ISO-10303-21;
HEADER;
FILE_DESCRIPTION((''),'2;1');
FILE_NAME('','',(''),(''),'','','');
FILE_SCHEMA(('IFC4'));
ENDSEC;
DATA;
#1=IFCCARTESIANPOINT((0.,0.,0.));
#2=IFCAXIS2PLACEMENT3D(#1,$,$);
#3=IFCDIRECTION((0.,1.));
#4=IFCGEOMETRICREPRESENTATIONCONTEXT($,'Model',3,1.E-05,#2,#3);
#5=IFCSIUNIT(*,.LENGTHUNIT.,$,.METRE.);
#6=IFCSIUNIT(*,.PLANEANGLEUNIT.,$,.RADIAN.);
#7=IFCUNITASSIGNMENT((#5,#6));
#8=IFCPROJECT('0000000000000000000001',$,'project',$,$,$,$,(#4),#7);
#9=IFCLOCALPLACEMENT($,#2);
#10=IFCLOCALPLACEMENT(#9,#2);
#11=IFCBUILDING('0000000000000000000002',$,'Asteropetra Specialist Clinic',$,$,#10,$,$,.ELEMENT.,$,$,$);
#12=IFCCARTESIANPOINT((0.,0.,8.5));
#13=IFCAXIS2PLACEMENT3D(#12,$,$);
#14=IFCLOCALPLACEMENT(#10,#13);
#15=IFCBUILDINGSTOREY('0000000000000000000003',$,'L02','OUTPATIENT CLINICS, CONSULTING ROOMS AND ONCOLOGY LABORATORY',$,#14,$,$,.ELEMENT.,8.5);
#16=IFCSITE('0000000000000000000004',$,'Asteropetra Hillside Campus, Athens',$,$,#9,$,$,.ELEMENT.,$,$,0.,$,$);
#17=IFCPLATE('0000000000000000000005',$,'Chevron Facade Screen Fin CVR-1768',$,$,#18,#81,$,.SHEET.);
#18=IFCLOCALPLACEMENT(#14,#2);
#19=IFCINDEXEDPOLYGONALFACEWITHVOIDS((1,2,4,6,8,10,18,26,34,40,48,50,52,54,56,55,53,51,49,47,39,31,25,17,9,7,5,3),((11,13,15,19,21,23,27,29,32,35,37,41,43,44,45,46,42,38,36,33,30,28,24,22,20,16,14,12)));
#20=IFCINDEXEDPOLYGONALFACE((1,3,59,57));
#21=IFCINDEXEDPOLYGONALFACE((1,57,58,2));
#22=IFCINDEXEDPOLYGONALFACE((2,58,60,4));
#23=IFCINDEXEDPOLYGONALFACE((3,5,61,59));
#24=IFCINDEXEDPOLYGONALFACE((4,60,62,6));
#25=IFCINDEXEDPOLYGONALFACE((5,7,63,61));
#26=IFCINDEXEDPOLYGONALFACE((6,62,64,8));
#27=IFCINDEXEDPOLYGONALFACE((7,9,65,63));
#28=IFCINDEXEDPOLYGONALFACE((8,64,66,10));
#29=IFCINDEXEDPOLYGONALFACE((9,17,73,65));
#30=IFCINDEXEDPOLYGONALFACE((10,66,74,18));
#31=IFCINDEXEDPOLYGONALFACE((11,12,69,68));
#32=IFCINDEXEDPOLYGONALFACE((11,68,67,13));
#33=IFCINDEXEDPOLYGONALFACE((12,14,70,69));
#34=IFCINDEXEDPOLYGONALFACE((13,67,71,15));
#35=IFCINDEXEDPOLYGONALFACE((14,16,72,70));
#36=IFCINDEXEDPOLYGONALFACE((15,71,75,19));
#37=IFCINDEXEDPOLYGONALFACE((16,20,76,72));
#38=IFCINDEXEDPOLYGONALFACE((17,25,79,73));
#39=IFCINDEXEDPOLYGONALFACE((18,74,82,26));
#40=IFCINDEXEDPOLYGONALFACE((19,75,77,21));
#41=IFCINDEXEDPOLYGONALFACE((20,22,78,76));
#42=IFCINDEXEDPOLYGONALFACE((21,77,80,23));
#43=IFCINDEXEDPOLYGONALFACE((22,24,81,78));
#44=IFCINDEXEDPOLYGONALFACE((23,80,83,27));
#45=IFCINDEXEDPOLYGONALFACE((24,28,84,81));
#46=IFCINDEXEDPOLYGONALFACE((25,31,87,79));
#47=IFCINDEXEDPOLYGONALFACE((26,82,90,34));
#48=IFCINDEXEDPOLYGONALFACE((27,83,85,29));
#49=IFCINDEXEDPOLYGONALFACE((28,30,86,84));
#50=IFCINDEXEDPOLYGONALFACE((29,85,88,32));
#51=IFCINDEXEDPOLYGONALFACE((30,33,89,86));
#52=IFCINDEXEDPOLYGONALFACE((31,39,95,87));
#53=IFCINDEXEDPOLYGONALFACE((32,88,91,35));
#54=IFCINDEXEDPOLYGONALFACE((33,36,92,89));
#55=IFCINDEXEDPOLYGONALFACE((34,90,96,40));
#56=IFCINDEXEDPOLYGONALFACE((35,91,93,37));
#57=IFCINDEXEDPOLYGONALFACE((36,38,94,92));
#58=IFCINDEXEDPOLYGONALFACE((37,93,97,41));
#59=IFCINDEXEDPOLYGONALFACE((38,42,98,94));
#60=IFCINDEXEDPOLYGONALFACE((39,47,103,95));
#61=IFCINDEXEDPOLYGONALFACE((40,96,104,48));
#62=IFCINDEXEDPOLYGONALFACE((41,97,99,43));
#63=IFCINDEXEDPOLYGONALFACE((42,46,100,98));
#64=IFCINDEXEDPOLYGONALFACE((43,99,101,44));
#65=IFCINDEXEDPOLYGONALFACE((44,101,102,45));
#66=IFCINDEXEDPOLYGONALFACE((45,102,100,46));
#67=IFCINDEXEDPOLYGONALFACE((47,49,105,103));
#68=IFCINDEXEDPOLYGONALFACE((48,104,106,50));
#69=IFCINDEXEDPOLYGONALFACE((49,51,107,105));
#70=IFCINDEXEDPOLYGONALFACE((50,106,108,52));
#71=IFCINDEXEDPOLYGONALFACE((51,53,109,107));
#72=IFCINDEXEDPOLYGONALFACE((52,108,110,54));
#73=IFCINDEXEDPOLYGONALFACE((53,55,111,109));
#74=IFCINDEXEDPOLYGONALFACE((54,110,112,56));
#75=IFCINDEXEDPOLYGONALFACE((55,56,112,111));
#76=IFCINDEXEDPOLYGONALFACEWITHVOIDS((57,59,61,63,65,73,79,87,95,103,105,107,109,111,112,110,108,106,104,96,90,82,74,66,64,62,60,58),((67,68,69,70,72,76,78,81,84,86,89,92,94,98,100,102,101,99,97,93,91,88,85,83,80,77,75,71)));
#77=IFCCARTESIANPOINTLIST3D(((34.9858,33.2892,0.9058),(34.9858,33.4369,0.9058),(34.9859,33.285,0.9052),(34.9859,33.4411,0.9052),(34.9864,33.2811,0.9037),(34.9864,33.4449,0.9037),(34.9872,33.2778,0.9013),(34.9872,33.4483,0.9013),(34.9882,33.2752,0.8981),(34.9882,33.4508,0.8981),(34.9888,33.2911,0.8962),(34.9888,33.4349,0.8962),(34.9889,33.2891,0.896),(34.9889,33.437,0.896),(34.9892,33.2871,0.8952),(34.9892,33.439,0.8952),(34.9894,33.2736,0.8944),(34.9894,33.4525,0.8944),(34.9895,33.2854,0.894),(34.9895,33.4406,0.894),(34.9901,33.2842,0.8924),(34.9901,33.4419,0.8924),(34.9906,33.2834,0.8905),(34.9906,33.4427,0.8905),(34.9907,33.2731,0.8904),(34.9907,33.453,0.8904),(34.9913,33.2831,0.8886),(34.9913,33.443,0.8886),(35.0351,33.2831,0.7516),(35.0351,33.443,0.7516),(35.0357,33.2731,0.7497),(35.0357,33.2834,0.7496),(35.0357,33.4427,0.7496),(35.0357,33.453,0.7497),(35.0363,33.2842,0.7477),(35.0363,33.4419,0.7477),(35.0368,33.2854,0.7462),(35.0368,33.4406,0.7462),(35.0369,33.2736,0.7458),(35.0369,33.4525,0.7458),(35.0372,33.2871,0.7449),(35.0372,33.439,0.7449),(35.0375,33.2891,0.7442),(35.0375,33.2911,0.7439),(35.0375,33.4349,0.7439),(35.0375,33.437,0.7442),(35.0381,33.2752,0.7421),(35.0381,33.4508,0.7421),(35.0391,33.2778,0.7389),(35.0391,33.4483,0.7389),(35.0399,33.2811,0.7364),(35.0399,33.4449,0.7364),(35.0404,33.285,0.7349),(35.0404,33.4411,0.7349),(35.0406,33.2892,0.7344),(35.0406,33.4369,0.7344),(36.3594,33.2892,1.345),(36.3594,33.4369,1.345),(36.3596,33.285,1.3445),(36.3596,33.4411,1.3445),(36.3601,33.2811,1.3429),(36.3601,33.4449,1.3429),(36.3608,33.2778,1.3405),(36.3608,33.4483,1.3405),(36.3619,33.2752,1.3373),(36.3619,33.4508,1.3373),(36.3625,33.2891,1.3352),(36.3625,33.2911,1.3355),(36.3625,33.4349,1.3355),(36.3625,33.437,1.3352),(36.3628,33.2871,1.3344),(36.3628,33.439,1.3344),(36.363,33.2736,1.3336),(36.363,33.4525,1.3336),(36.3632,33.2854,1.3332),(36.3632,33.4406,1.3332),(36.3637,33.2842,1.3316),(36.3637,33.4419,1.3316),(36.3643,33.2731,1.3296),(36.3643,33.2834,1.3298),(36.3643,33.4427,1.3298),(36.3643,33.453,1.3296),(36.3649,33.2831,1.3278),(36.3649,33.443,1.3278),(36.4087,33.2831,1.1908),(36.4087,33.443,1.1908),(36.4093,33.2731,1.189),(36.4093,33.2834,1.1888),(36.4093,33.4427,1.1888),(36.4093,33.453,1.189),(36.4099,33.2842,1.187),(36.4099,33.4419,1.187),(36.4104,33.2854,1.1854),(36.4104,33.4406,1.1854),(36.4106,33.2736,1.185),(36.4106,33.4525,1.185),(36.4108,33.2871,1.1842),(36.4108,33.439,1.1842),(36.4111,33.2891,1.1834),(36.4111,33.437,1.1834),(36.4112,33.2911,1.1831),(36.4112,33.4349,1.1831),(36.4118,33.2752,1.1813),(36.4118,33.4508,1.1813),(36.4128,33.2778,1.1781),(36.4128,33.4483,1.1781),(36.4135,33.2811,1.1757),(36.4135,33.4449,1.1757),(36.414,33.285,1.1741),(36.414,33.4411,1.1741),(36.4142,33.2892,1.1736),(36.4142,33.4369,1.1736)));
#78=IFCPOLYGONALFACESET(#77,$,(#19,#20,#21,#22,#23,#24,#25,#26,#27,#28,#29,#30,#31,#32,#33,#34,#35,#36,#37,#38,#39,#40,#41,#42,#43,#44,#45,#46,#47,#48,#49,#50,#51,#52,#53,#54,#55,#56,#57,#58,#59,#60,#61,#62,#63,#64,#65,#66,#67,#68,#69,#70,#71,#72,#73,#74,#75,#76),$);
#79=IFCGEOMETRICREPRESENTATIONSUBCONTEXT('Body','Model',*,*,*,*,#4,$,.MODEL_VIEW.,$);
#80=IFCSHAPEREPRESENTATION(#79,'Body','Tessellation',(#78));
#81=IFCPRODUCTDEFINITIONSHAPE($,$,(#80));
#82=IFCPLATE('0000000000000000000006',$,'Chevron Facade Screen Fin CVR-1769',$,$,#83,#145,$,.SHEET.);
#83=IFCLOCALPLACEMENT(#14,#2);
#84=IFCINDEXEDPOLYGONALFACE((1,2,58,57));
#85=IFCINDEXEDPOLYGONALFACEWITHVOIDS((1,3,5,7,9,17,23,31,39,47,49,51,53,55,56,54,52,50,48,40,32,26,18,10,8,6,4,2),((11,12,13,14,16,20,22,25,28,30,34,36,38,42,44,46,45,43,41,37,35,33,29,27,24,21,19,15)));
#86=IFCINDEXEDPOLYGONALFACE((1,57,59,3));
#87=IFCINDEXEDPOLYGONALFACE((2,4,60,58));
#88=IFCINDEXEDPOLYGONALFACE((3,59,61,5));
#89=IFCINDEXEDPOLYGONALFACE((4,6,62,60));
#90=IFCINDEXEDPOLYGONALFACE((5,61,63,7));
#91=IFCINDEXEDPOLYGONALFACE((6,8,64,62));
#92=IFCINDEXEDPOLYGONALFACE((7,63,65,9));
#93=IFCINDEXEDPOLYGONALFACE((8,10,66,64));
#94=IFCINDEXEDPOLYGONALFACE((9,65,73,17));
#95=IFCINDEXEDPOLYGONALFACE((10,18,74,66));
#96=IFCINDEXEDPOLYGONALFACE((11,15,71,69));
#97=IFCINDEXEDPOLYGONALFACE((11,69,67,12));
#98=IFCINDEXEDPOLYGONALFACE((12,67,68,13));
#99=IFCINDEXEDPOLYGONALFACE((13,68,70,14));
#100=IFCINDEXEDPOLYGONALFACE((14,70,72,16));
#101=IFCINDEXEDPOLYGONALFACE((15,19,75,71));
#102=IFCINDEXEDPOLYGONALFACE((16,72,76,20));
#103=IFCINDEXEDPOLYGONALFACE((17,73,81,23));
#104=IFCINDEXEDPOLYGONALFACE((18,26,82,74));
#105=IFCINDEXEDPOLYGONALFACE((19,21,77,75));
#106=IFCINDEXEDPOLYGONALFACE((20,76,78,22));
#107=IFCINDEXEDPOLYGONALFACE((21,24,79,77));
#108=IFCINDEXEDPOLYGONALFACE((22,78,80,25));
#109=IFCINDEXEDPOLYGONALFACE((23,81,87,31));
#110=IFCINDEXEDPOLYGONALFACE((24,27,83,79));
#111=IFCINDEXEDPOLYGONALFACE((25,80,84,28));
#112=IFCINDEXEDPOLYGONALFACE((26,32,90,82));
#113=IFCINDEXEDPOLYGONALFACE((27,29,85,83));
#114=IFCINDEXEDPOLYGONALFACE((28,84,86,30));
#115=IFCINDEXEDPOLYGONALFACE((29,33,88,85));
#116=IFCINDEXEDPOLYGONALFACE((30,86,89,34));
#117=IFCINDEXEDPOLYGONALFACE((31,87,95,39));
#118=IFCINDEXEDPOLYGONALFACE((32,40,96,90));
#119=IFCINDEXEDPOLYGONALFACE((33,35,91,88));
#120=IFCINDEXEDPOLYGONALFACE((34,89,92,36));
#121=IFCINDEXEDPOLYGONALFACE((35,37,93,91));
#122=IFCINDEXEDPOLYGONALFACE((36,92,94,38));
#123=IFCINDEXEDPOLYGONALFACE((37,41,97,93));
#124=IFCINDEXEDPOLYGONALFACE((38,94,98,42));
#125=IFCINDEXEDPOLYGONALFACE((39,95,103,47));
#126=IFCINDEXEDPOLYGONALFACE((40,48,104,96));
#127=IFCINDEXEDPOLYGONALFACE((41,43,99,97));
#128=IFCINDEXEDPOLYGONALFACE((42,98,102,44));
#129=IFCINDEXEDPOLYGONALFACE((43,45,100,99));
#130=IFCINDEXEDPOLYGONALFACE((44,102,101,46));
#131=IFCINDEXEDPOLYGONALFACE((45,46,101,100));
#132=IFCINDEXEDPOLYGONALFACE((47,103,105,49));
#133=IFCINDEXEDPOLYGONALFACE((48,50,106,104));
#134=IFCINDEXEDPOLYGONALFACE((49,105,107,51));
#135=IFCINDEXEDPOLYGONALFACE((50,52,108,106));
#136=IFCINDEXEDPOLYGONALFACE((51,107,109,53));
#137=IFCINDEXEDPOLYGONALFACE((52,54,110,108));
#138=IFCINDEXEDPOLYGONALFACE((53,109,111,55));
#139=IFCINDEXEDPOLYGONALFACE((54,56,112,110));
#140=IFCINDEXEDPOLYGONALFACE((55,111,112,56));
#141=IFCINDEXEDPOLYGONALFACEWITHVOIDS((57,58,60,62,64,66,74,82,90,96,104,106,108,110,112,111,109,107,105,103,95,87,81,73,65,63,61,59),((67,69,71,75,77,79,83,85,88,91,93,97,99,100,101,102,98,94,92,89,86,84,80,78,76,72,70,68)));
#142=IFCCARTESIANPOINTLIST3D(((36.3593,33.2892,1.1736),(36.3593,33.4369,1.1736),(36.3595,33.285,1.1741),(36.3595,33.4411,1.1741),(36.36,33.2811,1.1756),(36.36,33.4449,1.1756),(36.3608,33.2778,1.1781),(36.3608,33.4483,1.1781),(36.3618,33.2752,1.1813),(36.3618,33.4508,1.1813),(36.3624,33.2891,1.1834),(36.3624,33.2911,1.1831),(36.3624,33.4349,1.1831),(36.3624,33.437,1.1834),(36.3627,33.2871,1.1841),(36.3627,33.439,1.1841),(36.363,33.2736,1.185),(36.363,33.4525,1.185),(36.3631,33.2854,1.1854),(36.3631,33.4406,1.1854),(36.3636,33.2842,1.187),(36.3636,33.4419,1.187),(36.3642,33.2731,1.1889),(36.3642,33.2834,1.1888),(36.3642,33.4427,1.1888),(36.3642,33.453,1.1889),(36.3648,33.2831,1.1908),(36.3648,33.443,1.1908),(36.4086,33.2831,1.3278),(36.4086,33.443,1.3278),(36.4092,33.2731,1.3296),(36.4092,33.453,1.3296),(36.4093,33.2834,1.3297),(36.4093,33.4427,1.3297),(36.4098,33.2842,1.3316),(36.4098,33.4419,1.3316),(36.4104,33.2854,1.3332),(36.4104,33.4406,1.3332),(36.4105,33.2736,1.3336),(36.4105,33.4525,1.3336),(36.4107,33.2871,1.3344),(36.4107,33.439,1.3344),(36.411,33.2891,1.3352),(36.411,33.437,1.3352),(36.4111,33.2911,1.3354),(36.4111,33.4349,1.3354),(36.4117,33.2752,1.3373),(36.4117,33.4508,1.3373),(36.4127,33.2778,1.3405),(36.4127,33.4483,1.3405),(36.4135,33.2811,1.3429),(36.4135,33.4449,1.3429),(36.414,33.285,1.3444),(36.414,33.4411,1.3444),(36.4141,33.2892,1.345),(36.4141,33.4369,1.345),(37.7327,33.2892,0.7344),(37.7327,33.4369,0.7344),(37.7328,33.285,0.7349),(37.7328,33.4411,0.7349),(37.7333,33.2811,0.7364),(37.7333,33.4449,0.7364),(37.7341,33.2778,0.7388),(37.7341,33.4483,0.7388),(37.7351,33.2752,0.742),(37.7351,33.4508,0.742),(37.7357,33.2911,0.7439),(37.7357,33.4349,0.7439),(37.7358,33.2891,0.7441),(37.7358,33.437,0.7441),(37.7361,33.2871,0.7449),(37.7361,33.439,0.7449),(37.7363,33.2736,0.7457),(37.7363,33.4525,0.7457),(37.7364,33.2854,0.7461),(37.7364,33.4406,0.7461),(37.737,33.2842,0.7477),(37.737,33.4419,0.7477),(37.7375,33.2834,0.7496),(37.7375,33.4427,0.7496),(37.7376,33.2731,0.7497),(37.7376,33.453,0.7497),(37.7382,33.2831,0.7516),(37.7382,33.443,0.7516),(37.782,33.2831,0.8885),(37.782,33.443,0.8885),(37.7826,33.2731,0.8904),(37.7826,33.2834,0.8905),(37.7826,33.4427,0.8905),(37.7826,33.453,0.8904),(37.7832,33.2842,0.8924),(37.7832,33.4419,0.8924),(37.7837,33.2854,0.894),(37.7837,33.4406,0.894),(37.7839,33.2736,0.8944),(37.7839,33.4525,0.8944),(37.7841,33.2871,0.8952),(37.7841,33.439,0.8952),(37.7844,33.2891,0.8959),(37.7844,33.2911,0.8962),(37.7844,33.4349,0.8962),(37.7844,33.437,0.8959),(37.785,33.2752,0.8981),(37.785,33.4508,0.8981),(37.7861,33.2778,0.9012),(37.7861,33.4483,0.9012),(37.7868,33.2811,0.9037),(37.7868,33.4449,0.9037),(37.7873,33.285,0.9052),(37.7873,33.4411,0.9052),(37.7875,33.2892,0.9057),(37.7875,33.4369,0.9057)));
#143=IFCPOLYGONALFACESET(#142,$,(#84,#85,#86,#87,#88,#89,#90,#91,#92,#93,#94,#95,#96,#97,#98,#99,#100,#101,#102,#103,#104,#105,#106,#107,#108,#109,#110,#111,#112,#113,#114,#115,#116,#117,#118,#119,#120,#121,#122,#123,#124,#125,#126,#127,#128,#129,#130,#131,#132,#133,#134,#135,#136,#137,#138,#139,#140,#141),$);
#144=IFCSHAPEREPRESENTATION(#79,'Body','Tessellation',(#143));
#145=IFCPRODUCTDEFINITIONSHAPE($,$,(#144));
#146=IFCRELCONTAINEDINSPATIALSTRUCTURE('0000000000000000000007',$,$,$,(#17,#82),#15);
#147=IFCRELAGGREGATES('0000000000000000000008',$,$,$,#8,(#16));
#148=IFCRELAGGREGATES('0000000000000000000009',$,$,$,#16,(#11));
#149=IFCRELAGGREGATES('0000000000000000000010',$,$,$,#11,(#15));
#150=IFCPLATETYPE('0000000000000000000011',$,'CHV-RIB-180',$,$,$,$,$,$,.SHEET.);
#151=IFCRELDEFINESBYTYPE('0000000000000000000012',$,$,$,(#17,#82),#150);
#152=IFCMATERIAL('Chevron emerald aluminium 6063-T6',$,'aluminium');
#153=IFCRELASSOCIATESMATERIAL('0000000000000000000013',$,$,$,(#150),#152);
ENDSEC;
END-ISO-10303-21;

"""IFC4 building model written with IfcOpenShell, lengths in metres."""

from ifc_helpers import new_model, si_unit, direction, frame, origin, origin_2d, place, context, subcontext, project, spatial, hollow_rectangle, extrude, material, material_profile, profile_set, type_object, element, save


model = new_model("IFC4")

# Units and contexts
model_context = context("Model", 3, precision=1e-05, world=origin(), true_north=direction((0.0, 1.0)))
body_context = subcontext(model_context, "Body", "Model", "MODEL_VIEW")
ifc_project = project(units=[si_unit("LENGTHUNIT", "METRE"), si_unit("PLANEANGLEUNIT", "RADIAN")], contexts=[model_context])

# Site, building, storey
site_placement = place(None, origin())
site = spatial("IfcSite", under=ifc_project, at=site_placement, Name="Asteropetra Hillside Campus, Athens", CompositionType="ELEMENT", RefElevation=0.0)
building_placement = place(site_placement, origin())
building = spatial("IfcBuilding", under=site, at=building_placement, Name="Asteropetra Specialist Clinic", CompositionType="ELEMENT")
storey_placement = place(building_placement, frame((0.0, 0.0, 8.5)))
storey = spatial("IfcBuildingStorey", under=building, at=storey_placement, Name="L02", Description="OUTPATIENT CLINICS, CONSULTING ROOMS AND ONCOLOGY LABORATORY", CompositionType="ELEMENT", Elevation=8.5)

# Plates
ifc_material_1 = material(Name="Chevron emerald aluminium 6063-T6", Category="aluminium")
ifc_material_profile_1 = material_profile(ifc_material_1, hollow_rectangle(XDim=0.1799, YDim=0.1799, WallThickness=0.01, InnerFilletRadius=0.0081, OuterFilletRadius=0.0161, at=origin_2d()), Name="SHS 180x180x10.0")
ifc_profile_set_1 = profile_set([ifc_material_profile_1], Name="Chevron emerald aluminium 6063-T6")
plate_type_1 = type_object("IfcPlateType", Name="CHV-RIB-180", PredefinedType="SHEET", material=ifc_profile_set_1)
plate_1_placement = place(storey_placement, frame((35.0132, 33.363, 0.8201), z_axis=(0.952489, 0.0, 0.304573), x_axis=(0.0, 1.0, 0.0)))
element("IfcPlate", 1, at=plate_1_placement, inside=storey, type_object=plate_type_1, Name="Chevron Facade Screen Fin CVR-1768", PredefinedType="SHEET", context=body_context, shape_type="SweptSolid", body=[
    extrude(hollow_rectangle(XDim=0.1799, YDim=0.1799, WallThickness=0.01, InnerFilletRadius=0.0081, OuterFilletRadius=0.0161, at=origin_2d()), origin(), (0.0, 0.0, 1.0), 1.4421),
])
plate_2_placement = place(storey_placement, frame((36.3867, 33.363, 1.2593), z_axis=(0.952473, 0.0, -0.304622), x_axis=(0.0, 1.0, 0.0)))
element("IfcPlate", 2, at=plate_2_placement, inside=storey, type_object=plate_type_1, Name="Chevron Facade Screen Fin CVR-1769", PredefinedType="SHEET", context=body_context, shape_type="SweptSolid", body=[
    extrude(hollow_rectangle(XDim=0.1799, YDim=0.1799, WallThickness=0.01, InnerFilletRadius=0.0081, OuterFilletRadius=0.0161, at=origin_2d()), origin(), (0.0, 0.0, 1.0), 1.4419),
])

save(model, "model.ifc")
